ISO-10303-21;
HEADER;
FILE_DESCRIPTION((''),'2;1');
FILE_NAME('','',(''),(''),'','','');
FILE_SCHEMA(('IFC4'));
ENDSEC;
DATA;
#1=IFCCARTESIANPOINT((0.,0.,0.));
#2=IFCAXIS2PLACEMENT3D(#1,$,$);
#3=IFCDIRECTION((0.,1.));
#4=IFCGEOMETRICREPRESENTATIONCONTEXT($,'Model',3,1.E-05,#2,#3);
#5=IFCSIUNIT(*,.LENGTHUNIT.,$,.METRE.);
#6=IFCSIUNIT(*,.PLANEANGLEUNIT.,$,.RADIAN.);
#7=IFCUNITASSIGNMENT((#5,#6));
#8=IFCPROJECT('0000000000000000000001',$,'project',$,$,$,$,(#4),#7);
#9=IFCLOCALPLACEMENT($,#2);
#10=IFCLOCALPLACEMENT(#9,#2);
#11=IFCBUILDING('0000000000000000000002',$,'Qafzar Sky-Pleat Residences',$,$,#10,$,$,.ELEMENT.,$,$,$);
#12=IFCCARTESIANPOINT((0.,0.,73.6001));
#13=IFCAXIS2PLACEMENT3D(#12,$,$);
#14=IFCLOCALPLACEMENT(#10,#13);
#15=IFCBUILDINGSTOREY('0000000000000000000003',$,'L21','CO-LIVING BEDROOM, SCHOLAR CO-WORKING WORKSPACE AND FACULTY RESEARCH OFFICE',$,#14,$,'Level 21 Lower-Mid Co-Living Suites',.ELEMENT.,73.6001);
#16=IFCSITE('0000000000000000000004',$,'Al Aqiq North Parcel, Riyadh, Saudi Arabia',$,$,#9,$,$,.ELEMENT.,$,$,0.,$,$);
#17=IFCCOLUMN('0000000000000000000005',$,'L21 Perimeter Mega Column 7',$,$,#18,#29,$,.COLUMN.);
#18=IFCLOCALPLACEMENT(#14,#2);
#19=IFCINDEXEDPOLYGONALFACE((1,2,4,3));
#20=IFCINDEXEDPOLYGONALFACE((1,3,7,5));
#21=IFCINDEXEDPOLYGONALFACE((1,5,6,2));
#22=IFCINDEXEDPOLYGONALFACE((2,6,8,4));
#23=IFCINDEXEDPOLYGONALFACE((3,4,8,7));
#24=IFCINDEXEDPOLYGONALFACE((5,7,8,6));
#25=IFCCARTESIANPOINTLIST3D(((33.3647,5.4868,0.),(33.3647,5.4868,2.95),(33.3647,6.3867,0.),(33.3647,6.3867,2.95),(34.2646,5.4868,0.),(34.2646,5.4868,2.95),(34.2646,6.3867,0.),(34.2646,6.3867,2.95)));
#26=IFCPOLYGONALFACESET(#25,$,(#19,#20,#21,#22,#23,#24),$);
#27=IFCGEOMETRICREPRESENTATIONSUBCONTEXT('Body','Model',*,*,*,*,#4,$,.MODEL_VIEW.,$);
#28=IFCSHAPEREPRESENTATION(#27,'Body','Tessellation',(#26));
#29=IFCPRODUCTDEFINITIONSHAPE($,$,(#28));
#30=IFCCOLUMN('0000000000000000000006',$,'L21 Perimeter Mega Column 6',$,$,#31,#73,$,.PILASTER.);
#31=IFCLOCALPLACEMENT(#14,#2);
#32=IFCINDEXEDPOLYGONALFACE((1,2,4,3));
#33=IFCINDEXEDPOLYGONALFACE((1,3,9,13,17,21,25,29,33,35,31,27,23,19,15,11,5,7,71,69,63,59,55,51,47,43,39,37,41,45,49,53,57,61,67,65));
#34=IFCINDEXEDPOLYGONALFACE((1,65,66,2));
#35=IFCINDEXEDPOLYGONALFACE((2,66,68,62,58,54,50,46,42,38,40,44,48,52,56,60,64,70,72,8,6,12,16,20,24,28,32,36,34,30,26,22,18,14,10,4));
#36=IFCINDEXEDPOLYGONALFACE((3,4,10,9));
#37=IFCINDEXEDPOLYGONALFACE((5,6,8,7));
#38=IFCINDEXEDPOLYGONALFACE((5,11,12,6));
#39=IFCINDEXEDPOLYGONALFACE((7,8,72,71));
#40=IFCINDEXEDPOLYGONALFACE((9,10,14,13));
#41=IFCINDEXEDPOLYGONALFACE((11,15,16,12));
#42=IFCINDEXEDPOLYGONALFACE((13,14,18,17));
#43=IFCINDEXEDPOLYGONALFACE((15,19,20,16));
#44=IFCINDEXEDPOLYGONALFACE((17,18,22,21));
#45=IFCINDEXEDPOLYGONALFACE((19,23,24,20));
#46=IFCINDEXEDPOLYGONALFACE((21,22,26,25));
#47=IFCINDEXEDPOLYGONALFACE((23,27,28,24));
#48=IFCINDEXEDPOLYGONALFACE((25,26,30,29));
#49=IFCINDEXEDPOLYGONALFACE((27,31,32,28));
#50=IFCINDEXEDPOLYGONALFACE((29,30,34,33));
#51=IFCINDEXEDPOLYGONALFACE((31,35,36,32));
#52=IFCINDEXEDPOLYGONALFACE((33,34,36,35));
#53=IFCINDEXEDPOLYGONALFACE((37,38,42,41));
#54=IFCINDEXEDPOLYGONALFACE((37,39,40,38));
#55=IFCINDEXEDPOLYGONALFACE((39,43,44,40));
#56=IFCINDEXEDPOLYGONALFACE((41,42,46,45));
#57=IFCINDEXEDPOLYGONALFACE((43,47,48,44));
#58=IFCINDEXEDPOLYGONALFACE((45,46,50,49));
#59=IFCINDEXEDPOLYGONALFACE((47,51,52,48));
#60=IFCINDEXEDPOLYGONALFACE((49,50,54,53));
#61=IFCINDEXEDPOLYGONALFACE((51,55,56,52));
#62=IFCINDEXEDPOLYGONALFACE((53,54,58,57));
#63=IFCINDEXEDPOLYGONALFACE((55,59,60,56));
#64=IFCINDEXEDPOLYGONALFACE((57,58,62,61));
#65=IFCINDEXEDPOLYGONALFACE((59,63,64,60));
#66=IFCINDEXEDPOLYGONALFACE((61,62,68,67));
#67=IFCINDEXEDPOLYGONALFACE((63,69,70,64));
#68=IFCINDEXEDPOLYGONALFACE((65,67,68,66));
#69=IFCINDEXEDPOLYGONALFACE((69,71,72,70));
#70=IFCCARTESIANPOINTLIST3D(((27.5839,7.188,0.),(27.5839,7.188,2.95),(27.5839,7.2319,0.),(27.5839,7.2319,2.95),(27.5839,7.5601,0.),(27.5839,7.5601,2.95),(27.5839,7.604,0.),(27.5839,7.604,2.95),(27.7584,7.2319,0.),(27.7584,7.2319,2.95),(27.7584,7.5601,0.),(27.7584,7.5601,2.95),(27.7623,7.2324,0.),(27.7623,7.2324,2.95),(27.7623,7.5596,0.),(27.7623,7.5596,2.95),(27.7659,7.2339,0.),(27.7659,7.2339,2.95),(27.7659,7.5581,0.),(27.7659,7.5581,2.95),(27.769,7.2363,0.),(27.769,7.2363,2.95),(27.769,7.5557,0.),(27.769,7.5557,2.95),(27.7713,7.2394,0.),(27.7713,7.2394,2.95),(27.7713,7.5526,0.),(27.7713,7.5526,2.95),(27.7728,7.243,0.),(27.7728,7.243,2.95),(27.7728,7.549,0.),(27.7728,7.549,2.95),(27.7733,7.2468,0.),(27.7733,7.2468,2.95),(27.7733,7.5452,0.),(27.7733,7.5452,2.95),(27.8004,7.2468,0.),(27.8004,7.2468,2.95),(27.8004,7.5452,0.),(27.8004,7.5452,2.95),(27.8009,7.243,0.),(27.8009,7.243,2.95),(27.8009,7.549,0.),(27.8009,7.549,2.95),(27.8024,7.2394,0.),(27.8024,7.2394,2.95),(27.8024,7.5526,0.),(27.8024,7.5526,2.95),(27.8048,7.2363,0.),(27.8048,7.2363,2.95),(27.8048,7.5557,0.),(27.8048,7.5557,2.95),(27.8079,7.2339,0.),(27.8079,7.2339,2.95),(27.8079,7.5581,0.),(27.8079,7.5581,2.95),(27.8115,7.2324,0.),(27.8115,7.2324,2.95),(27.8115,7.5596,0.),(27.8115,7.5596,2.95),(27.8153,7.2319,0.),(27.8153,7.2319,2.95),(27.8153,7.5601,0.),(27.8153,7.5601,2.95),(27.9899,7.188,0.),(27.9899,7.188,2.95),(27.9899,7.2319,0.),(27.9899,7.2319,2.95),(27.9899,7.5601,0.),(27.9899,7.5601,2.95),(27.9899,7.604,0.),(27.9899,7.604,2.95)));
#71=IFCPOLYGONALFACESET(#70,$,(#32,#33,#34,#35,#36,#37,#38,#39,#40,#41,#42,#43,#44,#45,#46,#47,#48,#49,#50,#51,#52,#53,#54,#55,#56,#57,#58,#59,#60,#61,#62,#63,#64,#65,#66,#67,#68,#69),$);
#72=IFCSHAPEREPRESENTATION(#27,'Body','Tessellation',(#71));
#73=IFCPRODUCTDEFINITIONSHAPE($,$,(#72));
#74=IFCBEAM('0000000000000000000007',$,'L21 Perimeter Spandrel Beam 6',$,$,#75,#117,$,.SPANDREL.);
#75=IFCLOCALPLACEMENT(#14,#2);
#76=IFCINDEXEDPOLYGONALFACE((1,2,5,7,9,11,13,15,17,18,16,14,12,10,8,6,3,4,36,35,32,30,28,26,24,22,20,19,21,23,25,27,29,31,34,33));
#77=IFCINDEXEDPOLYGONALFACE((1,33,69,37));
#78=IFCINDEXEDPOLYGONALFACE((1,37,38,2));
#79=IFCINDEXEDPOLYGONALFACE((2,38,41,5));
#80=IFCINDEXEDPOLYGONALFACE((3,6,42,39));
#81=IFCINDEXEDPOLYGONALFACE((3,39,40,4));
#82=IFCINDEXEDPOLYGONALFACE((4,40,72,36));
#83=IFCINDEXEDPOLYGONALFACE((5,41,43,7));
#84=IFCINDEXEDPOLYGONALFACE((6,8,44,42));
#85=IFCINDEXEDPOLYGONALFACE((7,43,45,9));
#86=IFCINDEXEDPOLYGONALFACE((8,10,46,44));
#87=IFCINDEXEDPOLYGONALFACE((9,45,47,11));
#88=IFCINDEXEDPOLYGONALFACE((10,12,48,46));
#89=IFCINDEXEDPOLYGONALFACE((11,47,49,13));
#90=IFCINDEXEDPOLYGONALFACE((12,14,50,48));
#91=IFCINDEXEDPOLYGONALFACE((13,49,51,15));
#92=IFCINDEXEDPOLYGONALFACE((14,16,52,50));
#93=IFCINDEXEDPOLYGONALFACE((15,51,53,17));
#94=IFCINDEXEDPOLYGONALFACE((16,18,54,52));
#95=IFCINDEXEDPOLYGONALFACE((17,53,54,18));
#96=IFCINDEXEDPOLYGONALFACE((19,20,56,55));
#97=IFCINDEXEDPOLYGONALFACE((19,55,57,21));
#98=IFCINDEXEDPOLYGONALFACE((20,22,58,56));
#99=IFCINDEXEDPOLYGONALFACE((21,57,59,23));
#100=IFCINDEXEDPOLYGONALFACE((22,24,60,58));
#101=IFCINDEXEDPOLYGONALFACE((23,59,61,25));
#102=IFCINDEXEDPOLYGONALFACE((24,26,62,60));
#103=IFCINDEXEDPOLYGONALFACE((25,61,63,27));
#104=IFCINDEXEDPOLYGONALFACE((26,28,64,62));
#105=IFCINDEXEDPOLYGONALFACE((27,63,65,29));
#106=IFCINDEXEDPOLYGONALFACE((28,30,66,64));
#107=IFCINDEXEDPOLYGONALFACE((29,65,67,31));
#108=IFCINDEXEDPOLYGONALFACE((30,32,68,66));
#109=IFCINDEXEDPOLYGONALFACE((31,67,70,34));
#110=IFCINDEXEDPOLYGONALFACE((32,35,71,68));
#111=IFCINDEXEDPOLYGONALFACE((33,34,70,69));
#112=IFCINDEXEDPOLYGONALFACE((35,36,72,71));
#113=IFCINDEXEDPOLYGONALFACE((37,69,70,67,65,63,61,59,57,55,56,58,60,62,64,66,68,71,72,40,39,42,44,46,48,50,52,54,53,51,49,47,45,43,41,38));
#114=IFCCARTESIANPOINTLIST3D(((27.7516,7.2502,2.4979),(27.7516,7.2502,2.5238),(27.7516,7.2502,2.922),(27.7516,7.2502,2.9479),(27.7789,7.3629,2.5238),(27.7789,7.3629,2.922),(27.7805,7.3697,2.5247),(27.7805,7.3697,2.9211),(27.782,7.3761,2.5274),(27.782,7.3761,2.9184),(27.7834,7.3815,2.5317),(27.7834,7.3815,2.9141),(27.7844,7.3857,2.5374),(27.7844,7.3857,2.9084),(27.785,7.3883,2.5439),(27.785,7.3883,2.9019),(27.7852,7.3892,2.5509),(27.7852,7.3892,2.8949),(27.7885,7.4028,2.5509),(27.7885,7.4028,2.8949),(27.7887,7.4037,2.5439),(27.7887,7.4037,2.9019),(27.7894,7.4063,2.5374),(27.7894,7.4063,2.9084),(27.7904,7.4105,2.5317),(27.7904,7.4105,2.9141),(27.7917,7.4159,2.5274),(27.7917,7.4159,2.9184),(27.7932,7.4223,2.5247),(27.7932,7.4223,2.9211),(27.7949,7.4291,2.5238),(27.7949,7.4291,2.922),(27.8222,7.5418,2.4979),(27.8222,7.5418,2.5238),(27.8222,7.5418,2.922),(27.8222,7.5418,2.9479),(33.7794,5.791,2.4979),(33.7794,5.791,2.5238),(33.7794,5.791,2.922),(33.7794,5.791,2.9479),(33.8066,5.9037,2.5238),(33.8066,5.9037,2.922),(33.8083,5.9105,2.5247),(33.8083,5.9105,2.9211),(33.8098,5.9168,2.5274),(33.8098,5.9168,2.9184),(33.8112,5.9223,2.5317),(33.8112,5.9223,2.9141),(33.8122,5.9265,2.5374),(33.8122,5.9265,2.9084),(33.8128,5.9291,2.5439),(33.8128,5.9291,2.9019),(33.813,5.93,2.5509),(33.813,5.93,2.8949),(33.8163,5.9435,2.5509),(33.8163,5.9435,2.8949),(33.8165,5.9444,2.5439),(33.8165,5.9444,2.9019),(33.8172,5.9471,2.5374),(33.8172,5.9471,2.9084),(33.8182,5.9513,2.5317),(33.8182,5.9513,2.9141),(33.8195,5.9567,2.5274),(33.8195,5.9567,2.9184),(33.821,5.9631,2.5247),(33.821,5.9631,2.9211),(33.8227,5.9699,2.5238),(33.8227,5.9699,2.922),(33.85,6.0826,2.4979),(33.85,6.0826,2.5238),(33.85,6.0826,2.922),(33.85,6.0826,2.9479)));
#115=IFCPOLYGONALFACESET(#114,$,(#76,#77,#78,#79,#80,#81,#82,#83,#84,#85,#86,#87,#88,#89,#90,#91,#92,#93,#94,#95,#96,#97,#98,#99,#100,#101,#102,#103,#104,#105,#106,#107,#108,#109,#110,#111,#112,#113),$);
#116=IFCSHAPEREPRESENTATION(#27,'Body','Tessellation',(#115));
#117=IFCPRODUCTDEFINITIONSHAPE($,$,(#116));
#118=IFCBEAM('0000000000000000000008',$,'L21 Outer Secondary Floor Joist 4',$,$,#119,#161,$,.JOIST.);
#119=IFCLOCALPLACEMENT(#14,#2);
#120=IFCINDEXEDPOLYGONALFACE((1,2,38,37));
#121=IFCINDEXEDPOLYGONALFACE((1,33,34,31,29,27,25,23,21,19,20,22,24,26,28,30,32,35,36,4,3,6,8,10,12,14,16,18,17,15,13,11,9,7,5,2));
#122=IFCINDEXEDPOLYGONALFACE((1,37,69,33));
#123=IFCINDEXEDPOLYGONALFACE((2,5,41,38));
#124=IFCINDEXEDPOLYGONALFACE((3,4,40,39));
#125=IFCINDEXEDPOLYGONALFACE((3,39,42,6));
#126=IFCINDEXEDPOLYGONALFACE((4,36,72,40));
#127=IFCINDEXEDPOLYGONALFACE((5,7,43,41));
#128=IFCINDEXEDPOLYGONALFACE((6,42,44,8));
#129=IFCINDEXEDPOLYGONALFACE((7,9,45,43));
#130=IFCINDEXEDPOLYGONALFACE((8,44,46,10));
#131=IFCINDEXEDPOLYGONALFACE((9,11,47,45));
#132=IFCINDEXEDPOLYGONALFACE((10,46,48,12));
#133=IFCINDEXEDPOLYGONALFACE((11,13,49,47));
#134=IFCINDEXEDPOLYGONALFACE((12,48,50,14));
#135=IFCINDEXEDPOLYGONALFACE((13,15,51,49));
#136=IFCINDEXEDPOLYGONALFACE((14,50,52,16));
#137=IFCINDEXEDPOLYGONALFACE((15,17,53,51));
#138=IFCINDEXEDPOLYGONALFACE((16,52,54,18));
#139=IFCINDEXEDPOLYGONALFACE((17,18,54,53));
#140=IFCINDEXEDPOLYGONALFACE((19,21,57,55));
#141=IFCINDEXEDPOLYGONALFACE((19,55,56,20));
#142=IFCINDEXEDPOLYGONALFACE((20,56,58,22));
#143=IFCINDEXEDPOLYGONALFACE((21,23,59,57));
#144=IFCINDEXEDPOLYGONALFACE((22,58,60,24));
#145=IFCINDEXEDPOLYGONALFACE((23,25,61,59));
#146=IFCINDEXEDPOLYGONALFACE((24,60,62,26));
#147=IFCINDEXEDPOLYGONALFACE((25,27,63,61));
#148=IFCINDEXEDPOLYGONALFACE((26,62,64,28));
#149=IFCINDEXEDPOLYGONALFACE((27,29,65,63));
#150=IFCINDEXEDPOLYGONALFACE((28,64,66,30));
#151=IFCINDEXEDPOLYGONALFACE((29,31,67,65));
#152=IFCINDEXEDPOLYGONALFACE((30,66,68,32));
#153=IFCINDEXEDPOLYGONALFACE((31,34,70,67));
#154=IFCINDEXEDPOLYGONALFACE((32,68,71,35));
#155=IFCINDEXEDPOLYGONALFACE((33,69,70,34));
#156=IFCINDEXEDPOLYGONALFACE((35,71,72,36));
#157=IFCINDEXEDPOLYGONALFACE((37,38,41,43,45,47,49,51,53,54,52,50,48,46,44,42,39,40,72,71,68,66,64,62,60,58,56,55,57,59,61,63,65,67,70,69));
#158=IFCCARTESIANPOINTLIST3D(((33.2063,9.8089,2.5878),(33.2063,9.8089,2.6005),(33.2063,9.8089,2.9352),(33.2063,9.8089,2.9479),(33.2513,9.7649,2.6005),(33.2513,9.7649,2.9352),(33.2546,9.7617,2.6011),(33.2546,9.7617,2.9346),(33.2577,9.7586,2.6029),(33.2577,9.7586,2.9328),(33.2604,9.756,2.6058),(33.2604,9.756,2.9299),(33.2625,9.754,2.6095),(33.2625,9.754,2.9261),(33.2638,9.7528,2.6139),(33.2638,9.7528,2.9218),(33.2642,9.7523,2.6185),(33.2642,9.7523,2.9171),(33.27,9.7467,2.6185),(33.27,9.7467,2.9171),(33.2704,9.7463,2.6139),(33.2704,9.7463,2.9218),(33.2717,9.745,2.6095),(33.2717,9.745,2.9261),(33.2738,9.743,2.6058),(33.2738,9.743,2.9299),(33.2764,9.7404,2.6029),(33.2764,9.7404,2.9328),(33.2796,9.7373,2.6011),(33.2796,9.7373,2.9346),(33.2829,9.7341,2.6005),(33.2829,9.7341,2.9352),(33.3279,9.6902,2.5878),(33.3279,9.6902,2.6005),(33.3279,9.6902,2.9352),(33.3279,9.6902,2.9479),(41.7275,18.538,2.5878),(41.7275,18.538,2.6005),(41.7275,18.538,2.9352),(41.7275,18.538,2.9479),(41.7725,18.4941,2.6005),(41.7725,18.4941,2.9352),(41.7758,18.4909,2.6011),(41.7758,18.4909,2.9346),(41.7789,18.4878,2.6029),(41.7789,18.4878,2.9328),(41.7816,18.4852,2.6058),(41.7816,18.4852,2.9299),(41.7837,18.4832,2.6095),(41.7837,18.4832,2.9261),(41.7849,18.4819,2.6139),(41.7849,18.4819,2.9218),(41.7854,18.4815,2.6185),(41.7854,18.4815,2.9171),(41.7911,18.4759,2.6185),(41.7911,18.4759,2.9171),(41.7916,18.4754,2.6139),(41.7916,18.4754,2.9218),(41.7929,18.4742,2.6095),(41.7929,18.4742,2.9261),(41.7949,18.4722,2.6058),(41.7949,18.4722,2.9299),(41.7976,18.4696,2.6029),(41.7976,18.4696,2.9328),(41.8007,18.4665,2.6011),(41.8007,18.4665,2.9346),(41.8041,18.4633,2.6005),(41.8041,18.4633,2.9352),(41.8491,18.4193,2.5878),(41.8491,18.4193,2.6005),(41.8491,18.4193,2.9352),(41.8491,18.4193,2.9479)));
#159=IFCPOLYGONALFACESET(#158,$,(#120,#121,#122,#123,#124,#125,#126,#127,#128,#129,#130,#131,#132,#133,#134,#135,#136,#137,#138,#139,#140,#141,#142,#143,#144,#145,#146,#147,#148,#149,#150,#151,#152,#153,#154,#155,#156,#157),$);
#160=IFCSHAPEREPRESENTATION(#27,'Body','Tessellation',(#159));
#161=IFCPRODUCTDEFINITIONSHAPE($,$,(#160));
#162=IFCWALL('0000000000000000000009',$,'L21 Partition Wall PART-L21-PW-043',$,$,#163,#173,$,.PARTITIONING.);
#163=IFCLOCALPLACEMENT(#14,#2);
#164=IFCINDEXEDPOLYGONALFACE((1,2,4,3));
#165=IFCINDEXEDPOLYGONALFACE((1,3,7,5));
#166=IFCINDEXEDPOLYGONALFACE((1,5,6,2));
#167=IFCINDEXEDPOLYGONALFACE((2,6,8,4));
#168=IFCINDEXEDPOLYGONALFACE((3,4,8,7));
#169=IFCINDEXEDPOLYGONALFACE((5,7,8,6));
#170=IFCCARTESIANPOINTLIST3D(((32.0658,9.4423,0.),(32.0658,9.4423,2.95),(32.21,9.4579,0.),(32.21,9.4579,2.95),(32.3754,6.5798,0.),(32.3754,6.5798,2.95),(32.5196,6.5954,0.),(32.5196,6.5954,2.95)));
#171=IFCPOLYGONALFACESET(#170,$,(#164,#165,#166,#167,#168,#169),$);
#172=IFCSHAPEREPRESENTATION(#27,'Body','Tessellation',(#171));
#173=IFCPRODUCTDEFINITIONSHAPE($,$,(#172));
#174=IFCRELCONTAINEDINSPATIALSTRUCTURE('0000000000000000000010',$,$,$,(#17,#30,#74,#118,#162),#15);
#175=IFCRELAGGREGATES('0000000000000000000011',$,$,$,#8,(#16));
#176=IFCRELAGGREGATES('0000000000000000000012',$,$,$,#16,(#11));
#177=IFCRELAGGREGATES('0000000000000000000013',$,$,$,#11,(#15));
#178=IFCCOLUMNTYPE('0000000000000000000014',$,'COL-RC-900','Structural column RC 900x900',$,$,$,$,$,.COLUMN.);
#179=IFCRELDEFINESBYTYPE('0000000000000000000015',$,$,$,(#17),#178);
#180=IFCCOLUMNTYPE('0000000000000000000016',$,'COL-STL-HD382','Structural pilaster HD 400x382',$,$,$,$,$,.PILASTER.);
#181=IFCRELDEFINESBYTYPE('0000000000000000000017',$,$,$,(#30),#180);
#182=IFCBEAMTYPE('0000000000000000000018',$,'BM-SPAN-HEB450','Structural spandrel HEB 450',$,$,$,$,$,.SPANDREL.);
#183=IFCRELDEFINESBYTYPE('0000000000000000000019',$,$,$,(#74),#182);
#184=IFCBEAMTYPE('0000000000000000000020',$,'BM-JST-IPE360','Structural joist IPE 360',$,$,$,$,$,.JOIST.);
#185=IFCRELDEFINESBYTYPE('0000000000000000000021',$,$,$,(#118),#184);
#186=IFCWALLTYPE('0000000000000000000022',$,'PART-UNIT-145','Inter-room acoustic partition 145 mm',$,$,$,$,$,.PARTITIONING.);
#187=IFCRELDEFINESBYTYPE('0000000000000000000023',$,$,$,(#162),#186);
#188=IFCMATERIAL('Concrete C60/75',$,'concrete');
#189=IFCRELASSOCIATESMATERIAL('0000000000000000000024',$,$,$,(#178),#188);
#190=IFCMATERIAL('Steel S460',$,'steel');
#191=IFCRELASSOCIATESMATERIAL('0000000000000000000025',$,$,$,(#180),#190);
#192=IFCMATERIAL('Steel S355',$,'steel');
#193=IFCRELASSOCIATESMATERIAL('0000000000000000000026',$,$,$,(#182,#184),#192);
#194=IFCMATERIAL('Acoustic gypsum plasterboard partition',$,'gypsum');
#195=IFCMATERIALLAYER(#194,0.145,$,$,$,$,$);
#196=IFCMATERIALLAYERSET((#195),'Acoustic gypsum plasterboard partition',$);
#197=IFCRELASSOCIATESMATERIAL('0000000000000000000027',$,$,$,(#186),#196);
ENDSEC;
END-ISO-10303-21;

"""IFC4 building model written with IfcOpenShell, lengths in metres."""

from ifc_helpers import new_model, si_unit, direction, frame, frame_2d, origin, origin_2d, place, context, subcontext, project, spatial, rectangle, i_section, extrude, source, transform, mapped, material, layer, layer_set, material_profile, profile_set, type_object, element, save


model = new_model("IFC4")

# Units and contexts
model_context = context("Model", 3, precision=1e-05, world=origin(), true_north=direction((0.0, 1.0)))
body_context = subcontext(model_context, "Body", "Model", "MODEL_VIEW")
ifc_project = project(units=[si_unit("LENGTHUNIT", "METRE"), si_unit("PLANEANGLEUNIT", "RADIAN")], contexts=[model_context])

# Site, building, storey
site_placement = place(None, origin())
site = spatial("IfcSite", under=ifc_project, at=site_placement, Name="Al Aqiq North Parcel, Riyadh, Saudi Arabia", CompositionType="ELEMENT", RefElevation=0.0)
building_placement = place(site_placement, origin())
building = spatial("IfcBuilding", under=site, at=building_placement, Name="Qafzar Sky-Pleat Residences", CompositionType="ELEMENT")
storey_placement = place(building_placement, frame((0.0, 0.0, 73.6001)))
storey = spatial("IfcBuildingStorey", under=building, at=storey_placement, Name="L21", Description="CO-LIVING BEDROOM, SCHOLAR CO-WORKING WORKSPACE AND FACULTY RESEARCH OFFICE", LongName="Level 21 Lower-Mid Co-Living Suites", CompositionType="ELEMENT", Elevation=73.6001)

# Columns
ifc_material_1 = material(Name="Concrete C60/75", Category="concrete")
ifc_material_profile_1 = material_profile(ifc_material_1, rectangle(XDim=0.8999, YDim=0.8999, at=origin_2d()), Name="RC 900x900")
ifc_profile_set_1 = profile_set([ifc_material_profile_1], Name="Concrete C60/75")
column_type_1 = type_object("IfcColumnType", Name="COL-RC-900", Description="Structural column RC 900x900", PredefinedType="COLUMN", material=ifc_profile_set_1)
shared_shape_1 = source(origin(), body_context, "Body", "SweptSolid", [
    extrude(rectangle(XDim=0.8999, YDim=0.8999, at=origin_2d()), origin(), (0.0, 0.0, 1.0), 2.95),
])
column_1_placement = place(storey_placement, frame((33.8147, 5.9368, 0.0), z_axis=(0.0, 0.0, 1.0), x_axis=(1.0, 0.0, 0.0)))
element("IfcColumn", 1, at=column_1_placement, inside=storey, type_object=column_type_1, Name="L21 Perimeter Mega Column 7", PredefinedType="COLUMN", context=body_context, shape_type="MappedRepresentation", body=[
    mapped(shared_shape_1, transform((0.0, 0.0, 0.0), x_axis=(1.0, 0.0, 0.0), y_axis=(0.0, 1.0, 0.0), z_axis=(0.0, 0.0, 1.0), scale=1.0)),
])
ifc_material_2 = material(Name="Steel S460", Category="steel")
ifc_material_profile_2 = material_profile(ifc_material_2, i_section(OverallWidth=0.406, OverallDepth=0.416, WebThickness=0.0271, FlangeThickness=0.0439, FilletRadius=0.0149, at=origin_2d()), Name="HD 400x382")
ifc_profile_set_2 = profile_set([ifc_material_profile_2], Name="Steel S460")
column_type_2 = type_object("IfcColumnType", Name="COL-STL-HD382", Description="Structural pilaster HD 400x382", PredefinedType="PILASTER", material=ifc_profile_set_2)
shared_shape_2 = source(origin(), body_context, "Body", "SweptSolid", [
    extrude(i_section(OverallWidth=0.406, OverallDepth=0.416, WebThickness=0.0271, FlangeThickness=0.0439, FilletRadius=0.0149, at=origin_2d()), origin(), (0.0, 0.0, 1.0), 2.95),
])
column_2_placement = place(storey_placement, frame((27.7869, 7.396, 0.0), z_axis=(0.0, 0.0, 1.0), x_axis=(1.0, 0.0, 0.0)))
element("IfcColumn", 2, at=column_2_placement, inside=storey, type_object=column_type_2, Name="L21 Perimeter Mega Column 6", PredefinedType="PILASTER", context=body_context, shape_type="MappedRepresentation", body=[
    mapped(shared_shape_2, transform((0.0, 0.0, 0.0), x_axis=(1.0, 0.0, 0.0), y_axis=(0.0, 1.0, 0.0), z_axis=(0.0, 0.0, 1.0), scale=1.0)),
])

# Beams
ifc_material_3 = material(Name="Steel S355", Category="steel")
ifc_material_profile_3 = material_profile(ifc_material_3, i_section(OverallWidth=0.3, OverallDepth=0.45, WebThickness=0.0139, FlangeThickness=0.0259, FilletRadius=0.0271, at=origin_2d()), Name="HEB 450")
ifc_profile_set_3 = profile_set([ifc_material_profile_3], Name="Steel S355")
beam_type_1 = type_object("IfcBeamType", Name="BM-SPAN-HEB450", Description="Structural spandrel HEB 450", PredefinedType="SPANDREL", material=ifc_profile_set_3)
shared_shape_3 = source(origin(), body_context, "Body", "SweptSolid", [
    extrude(i_section(OverallWidth=0.3, OverallDepth=0.45, WebThickness=0.0139, FlangeThickness=0.0259, FilletRadius=0.0271, at=origin_2d()), origin(), (0.0, 0.0, 1.0), 6.2019),
])
beam_1_placement = place(storey_placement, frame((27.7869, 7.396, 2.7229), z_axis=(0.971926, -0.235286, 0.0), x_axis=(0.235286, 0.971926, 0.0)))
element("IfcBeam", 3, at=beam_1_placement, inside=storey, type_object=beam_type_1, Name="L21 Perimeter Spandrel Beam 6", PredefinedType="SPANDREL", context=body_context, shape_type="MappedRepresentation", body=[
    mapped(shared_shape_3, transform((0.0, 0.0, 0.0), x_axis=(1.0, 0.0, 0.0), y_axis=(0.0, 1.0, 0.0), z_axis=(0.0, 0.0, 1.0), scale=1.0)),
])
ifc_material_profile_4 = material_profile(ifc_material_3, i_section(OverallWidth=0.1699, OverallDepth=0.3601, WebThickness=0.0081, FlangeThickness=0.0127, FilletRadius=0.0181, at=origin_2d()), Name="IPE 360")
ifc_profile_set_4 = profile_set([ifc_material_profile_4], Name="Steel S355")
beam_type_2 = type_object("IfcBeamType", Name="BM-JST-IPE360", Description="Structural joist IPE 360", PredefinedType="JOIST", material=ifc_profile_set_4)
shared_shape_4 = source(origin(), body_context, "Body", "SweptSolid", [
    extrude(i_section(OverallWidth=0.1699, OverallDepth=0.3601, WebThickness=0.0081, FlangeThickness=0.0127, FilletRadius=0.0181, at=origin_2d()), origin(), (0.0, 0.0, 1.0), 12.1987),
])
beam_2_placement = place(storey_placement, frame((33.2671, 9.7495, 2.7678), z_axis=(0.69853, 0.715581, 0.0), x_axis=(-0.715581, 0.69853, 0.0)))
element("IfcBeam", 4, at=beam_2_placement, inside=storey, type_object=beam_type_2, Name="L21 Outer Secondary Floor Joist 4", PredefinedType="JOIST", context=body_context, shape_type="MappedRepresentation", body=[
    mapped(shared_shape_4, transform((0.0, 0.0, 0.0), x_axis=(1.0, 0.0, 0.0), y_axis=(0.0, 1.0, 0.0), z_axis=(0.0, 0.0, 1.0), scale=1.0)),
])

# Wall
ifc_material_4 = material(Name="Acoustic gypsum plasterboard partition", Category="gypsum")
ifc_layer_1 = layer(ifc_material_4, 0.145)
ifc_layer_set_1 = layer_set([ifc_layer_1], Name="Acoustic gypsum plasterboard partition")
wall_type_1 = type_object("IfcWallType", Name="PART-UNIT-145", Description="Inter-room acoustic partition 145 mm", PredefinedType="PARTITIONING", material=ifc_layer_set_1)
wall_1_placement = place(storey_placement, frame((32.1379, 9.45, 0.0), z_axis=(0.0, 0.0, 1.0), x_axis=(0.107518, -0.994203, 0.0)))
element("IfcWall", 5, at=wall_1_placement, inside=storey, type_object=wall_type_1, Name="L21 Partition Wall PART-L21-PW-043", PredefinedType="PARTITIONING", context=body_context, shape_type="SweptSolid", body=[
    extrude(rectangle(XDim=2.8792, YDim=0.145, at=frame_2d((1.4395, 0.0))), origin(), (0.0, 0.0, 1.0), 2.95),
])

save(model, "model.ifc")
